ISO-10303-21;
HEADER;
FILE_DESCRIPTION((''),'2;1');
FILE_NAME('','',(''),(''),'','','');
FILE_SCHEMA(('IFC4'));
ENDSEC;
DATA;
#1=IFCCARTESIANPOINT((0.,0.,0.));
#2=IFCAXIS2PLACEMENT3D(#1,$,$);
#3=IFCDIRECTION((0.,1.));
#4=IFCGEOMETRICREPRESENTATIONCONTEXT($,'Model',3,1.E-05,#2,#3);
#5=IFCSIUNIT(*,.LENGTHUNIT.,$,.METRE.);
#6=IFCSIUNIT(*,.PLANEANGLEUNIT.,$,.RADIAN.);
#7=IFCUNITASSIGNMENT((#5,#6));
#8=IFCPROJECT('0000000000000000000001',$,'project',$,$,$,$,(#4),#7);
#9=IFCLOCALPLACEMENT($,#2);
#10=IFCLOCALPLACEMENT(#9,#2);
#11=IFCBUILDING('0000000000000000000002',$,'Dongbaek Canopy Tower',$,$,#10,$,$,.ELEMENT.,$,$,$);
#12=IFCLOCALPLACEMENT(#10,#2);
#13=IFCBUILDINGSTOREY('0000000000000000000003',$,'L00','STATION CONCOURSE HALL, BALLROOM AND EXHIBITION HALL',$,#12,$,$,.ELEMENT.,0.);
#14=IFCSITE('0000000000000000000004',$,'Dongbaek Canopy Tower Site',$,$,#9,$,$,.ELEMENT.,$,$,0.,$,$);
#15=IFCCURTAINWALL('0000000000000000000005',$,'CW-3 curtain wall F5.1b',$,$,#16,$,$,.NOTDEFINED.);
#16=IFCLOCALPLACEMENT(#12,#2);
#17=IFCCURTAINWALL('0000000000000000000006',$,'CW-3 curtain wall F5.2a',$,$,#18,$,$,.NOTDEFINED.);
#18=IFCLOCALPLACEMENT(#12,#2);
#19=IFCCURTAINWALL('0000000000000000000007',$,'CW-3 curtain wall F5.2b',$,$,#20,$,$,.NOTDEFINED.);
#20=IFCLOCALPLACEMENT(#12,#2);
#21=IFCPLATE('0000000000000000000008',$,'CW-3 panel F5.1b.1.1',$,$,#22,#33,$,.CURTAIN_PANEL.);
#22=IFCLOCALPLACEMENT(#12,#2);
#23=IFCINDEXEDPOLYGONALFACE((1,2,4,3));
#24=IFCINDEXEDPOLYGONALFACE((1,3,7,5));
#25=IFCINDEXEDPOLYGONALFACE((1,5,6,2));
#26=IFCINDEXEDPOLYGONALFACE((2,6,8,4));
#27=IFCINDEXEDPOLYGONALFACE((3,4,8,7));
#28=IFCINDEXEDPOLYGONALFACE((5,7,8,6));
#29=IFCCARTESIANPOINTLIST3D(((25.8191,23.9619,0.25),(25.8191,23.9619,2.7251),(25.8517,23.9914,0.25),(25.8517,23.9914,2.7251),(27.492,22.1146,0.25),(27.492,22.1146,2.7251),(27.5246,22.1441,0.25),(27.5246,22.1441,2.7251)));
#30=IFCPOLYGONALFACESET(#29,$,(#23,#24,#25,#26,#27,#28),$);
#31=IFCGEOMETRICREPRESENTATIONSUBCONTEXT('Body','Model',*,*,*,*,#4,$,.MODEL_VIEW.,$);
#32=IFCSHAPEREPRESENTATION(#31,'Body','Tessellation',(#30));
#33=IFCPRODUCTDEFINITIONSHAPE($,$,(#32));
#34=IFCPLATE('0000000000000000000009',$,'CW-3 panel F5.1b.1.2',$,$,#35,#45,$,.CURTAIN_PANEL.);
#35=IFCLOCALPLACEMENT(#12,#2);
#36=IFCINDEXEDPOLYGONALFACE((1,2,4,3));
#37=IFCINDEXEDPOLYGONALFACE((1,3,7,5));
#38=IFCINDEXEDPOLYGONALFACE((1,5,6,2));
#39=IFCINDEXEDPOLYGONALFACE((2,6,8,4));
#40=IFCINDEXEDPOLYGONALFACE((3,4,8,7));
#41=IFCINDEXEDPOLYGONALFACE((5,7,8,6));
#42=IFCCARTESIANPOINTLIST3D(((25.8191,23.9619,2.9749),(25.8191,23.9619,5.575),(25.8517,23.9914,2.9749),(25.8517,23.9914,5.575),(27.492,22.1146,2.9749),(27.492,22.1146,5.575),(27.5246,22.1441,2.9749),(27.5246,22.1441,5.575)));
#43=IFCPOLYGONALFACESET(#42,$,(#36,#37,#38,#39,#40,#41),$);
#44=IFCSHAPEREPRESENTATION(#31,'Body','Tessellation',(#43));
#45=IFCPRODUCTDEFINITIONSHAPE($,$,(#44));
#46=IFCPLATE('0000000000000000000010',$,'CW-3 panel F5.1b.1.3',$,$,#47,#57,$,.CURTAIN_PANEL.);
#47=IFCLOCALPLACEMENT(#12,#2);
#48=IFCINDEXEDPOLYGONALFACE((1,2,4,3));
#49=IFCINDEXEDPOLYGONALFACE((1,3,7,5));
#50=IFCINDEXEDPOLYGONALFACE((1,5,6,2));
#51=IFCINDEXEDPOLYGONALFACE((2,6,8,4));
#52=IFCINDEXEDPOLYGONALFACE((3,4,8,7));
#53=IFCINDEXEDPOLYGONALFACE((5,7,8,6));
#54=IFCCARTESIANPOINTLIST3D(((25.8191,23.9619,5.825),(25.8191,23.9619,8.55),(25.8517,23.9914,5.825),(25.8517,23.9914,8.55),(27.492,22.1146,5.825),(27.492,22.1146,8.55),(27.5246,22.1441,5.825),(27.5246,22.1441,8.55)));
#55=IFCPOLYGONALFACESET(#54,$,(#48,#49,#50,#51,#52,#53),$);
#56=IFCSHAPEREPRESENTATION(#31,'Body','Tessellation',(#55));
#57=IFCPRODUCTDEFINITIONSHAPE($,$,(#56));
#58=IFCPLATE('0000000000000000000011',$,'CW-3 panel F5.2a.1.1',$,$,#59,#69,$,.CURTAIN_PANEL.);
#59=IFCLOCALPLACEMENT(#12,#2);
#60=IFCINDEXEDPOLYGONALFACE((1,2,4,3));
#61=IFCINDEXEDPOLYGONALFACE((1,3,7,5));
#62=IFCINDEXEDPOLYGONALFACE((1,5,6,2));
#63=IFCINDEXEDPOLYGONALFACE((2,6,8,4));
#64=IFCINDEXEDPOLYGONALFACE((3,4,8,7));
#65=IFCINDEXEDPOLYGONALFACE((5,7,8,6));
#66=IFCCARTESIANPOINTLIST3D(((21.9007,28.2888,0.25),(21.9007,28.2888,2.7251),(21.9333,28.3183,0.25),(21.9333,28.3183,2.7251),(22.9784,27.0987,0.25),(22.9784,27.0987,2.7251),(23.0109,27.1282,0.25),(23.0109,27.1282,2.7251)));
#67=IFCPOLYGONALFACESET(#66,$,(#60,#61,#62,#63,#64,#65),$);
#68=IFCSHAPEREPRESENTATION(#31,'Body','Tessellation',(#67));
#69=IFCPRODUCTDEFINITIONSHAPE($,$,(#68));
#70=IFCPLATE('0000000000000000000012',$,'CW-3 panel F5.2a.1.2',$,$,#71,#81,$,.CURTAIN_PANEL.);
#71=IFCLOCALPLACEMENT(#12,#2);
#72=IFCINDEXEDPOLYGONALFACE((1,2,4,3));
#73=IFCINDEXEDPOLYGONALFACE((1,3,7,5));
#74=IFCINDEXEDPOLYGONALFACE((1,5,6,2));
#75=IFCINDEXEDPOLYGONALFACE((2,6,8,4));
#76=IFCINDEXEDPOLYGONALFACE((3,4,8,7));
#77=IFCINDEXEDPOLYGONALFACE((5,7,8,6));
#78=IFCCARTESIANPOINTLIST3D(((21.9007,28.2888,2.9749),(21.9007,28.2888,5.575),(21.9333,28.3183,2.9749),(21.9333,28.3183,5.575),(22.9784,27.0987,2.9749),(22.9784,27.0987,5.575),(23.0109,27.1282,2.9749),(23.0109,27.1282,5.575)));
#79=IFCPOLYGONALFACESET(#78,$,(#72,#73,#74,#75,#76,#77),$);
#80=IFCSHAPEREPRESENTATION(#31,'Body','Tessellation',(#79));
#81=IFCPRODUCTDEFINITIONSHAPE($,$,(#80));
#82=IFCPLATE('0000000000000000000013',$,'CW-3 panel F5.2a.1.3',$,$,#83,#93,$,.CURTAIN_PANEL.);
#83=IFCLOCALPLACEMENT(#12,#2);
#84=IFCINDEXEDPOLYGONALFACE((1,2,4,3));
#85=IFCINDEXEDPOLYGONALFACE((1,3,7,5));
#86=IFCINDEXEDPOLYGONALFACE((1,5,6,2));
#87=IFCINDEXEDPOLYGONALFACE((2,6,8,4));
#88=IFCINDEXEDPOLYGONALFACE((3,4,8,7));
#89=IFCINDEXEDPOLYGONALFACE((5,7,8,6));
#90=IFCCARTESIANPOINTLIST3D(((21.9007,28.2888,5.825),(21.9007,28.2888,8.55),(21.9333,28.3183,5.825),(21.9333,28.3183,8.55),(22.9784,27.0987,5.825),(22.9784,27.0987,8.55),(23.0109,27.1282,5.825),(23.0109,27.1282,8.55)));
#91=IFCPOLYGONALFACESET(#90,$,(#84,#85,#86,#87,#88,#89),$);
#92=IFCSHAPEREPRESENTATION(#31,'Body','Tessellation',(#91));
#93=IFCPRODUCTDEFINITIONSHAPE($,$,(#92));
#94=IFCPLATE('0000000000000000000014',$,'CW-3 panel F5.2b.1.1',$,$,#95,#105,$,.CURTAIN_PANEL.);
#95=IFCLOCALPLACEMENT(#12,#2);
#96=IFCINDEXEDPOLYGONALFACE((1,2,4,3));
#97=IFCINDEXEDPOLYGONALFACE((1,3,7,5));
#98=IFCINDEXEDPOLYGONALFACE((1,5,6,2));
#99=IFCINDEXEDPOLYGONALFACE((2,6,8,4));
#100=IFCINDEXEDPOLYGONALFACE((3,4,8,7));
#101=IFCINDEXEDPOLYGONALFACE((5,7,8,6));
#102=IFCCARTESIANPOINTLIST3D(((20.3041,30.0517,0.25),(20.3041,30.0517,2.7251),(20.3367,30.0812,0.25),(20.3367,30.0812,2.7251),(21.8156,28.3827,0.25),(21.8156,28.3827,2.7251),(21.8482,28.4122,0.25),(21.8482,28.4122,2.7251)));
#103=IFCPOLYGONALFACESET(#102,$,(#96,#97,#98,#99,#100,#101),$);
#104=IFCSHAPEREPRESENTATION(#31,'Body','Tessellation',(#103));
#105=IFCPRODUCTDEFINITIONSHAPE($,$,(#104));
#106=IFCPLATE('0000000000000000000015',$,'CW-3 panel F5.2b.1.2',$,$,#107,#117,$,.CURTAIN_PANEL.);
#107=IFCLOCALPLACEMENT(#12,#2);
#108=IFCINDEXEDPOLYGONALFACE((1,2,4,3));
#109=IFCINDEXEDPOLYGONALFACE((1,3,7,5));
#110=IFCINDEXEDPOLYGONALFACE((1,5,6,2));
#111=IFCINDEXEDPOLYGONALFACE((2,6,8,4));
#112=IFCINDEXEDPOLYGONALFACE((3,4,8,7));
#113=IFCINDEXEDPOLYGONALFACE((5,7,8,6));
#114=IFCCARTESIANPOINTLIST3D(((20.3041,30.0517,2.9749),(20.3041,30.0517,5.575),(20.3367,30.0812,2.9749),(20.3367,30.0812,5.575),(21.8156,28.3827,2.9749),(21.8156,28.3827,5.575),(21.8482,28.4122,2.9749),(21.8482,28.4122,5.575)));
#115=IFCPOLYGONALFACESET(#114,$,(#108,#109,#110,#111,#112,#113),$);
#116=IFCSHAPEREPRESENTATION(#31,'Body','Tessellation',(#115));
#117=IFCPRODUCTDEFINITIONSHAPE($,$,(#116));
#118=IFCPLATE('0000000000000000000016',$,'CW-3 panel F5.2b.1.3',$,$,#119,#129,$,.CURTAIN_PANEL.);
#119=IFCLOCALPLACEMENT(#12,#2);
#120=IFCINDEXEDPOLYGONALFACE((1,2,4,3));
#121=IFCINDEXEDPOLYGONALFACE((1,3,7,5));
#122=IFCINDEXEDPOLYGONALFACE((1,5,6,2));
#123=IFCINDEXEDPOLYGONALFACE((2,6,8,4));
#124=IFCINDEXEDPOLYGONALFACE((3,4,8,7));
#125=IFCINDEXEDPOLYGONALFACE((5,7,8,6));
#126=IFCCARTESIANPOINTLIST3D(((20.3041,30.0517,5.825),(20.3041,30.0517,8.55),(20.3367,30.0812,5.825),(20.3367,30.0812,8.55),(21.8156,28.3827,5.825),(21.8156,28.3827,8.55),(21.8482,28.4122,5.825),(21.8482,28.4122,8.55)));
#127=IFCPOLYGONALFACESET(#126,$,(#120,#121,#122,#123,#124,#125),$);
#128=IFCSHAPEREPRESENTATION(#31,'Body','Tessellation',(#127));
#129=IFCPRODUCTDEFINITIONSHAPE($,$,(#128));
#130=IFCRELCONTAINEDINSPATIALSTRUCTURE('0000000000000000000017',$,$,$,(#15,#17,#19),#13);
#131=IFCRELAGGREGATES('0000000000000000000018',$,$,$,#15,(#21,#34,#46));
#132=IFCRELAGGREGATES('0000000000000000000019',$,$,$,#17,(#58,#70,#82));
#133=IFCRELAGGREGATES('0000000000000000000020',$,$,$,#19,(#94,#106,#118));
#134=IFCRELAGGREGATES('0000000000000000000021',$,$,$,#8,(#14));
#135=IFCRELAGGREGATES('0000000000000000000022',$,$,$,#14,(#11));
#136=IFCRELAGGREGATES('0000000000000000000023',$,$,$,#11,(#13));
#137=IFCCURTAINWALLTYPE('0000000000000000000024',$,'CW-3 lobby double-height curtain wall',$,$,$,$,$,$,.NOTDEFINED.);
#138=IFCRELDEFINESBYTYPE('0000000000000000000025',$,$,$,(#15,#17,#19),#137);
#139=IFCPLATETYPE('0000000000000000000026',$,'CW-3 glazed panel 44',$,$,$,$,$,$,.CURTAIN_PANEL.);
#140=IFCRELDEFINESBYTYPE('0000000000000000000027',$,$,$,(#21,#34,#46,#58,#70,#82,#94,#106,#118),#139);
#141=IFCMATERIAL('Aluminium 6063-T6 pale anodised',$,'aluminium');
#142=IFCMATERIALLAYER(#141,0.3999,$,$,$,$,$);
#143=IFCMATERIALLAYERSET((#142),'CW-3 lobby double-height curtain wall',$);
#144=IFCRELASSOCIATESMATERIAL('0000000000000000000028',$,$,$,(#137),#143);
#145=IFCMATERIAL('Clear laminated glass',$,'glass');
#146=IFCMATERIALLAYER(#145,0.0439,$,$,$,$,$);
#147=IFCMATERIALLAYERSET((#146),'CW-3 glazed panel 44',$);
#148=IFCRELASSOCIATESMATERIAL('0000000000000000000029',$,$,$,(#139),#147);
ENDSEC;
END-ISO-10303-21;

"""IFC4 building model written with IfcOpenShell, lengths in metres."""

from ifc_helpers import new_model, si_unit, direction, frame, origin, origin_2d, place, context, subcontext, project, spatial, rectangle, extrude, material, layer, layer_set, type_object, element, aggregate, save


model = new_model("IFC4")

# Units and contexts
model_context = context("Model", 3, precision=1e-05, world=origin(), true_north=direction((0.0, 1.0)))
body_context = subcontext(model_context, "Body", "Model", "MODEL_VIEW")
ifc_project = project(units=[si_unit("LENGTHUNIT", "METRE"), si_unit("PLANEANGLEUNIT", "RADIAN")], contexts=[model_context])

# Site, building, storey
site_placement = place(None, origin())
site = spatial("IfcSite", under=ifc_project, at=site_placement, Name="Dongbaek Canopy Tower Site", CompositionType="ELEMENT", RefElevation=0.0)
building_placement = place(site_placement, origin())
building = spatial("IfcBuilding", under=site, at=building_placement, Name="Dongbaek Canopy Tower", CompositionType="ELEMENT")
storey_placement = place(building_placement, origin())
storey = spatial("IfcBuildingStorey", under=building, at=storey_placement, Name="L00", Description="STATION CONCOURSE HALL, BALLROOM AND EXHIBITION HALL", CompositionType="ELEMENT", Elevation=0.0)

# Curtain wall
ifc_material_1 = material(Name="Aluminium 6063-T6 pale anodised", Category="aluminium")
ifc_layer_1 = layer(ifc_material_1, 0.3999)
ifc_layer_set_1 = layer_set([ifc_layer_1], Name="CW-3 lobby double-height curtain wall")
curtain_wall_type = type_object("IfcCurtainWallType", Name="CW-3 lobby double-height curtain wall", PredefinedType="NOTDEFINED", material=ifc_layer_set_1)
curtain_wall_1_placement = place(storey_placement, origin())
curtain_wall_1 = element("IfcCurtainWall", 1, at=curtain_wall_1_placement, inside=storey, type_object=curtain_wall_type, Name="CW-3 curtain wall F5.1b", PredefinedType="NOTDEFINED")

# Curtain wall
curtain_wall_2_placement = place(storey_placement, origin())
curtain_wall_2 = element("IfcCurtainWall", 2, at=curtain_wall_2_placement, inside=storey, type_object=curtain_wall_type, Name="CW-3 curtain wall F5.2a", PredefinedType="NOTDEFINED")

# Curtain wall
curtain_wall_3_placement = place(storey_placement, origin())
curtain_wall_3 = element("IfcCurtainWall", 3, at=curtain_wall_3_placement, inside=storey, type_object=curtain_wall_type, Name="CW-3 curtain wall F5.2b", PredefinedType="NOTDEFINED")

# Plates
ifc_material_2 = material(Name="Clear laminated glass", Category="glass")
ifc_layer_2 = layer(ifc_material_2, 0.0439)
ifc_layer_set_2 = layer_set([ifc_layer_2], Name="CW-3 glazed panel 44")
plate_type = type_object("IfcPlateType", Name="CW-3 glazed panel 44", PredefinedType="CURTAIN_PANEL", material=ifc_layer_set_2)
plate_1_placement = place(storey_placement, frame((26.6719, 23.053, 0.25), z_axis=(0.0, 0.0, 1.0), x_axis=(-0.67126, 0.741222, 0.0)))
plate_1 = element("IfcPlate", 4, at=plate_1_placement, type_object=plate_type, Name="CW-3 panel F5.1b.1.1", PredefinedType="CURTAIN_PANEL", context=body_context, shape_type="SweptSolid", body=[
    extrude(rectangle(XDim=2.4922, YDim=0.0439, at=origin_2d()), origin(), (0.0, 0.0, 1.0), 2.4751),
])
plate_2_placement = place(storey_placement, frame((26.6719, 23.053, 2.9749), z_axis=(0.0, 0.0, 1.0), x_axis=(-0.67126, 0.741222, 0.0)))
plate_2 = element("IfcPlate", 5, at=plate_2_placement, type_object=plate_type, Name="CW-3 panel F5.1b.1.2", PredefinedType="CURTAIN_PANEL", context=body_context, shape_type="SweptSolid", body=[
    extrude(rectangle(XDim=2.4922, YDim=0.0439, at=origin_2d()), origin(), (0.0, 0.0, 1.0), 2.6001),
])
plate_3_placement = place(storey_placement, frame((26.6719, 23.053, 5.825), z_axis=(0.0, 0.0, 1.0), x_axis=(-0.67126, 0.741222, 0.0)))
plate_3 = element("IfcPlate", 6, at=plate_3_placement, type_object=plate_type, Name="CW-3 panel F5.1b.1.3", PredefinedType="CURTAIN_PANEL", context=body_context, shape_type="SweptSolid", body=[
    extrude(rectangle(XDim=2.4922, YDim=0.0439, at=origin_2d()), origin(), (0.0, 0.0, 1.0), 2.7251),
])
aggregate(curtain_wall_1, [plate_1, plate_2, plate_3])
plate_4_placement = place(storey_placement, frame((22.4558, 27.7085, 0.25), z_axis=(0.0, 0.0, 1.0), x_axis=(-0.67126, 0.741222, 0.0)))
plate_4 = element("IfcPlate", 7, at=plate_4_placement, type_object=plate_type, Name="CW-3 panel F5.2a.1.1", PredefinedType="CURTAIN_PANEL", context=body_context, shape_type="SweptSolid", body=[
    extrude(rectangle(XDim=1.6055, YDim=0.0439, at=origin_2d()), origin(), (0.0, 0.0, 1.0), 2.4751),
])
plate_5_placement = place(storey_placement, frame((22.4558, 27.7085, 2.9749), z_axis=(0.0, 0.0, 1.0), x_axis=(-0.67126, 0.741222, 0.0)))
plate_5 = element("IfcPlate", 8, at=plate_5_placement, type_object=plate_type, Name="CW-3 panel F5.2a.1.2", PredefinedType="CURTAIN_PANEL", context=body_context, shape_type="SweptSolid", body=[
    extrude(rectangle(XDim=1.6055, YDim=0.0439, at=origin_2d()), origin(), (0.0, 0.0, 1.0), 2.6001),
])
plate_6_placement = place(storey_placement, frame((22.4558, 27.7085, 5.825), z_axis=(0.0, 0.0, 1.0), x_axis=(-0.67126, 0.741222, 0.0)))
plate_6 = element("IfcPlate", 9, at=plate_6_placement, type_object=plate_type, Name="CW-3 panel F5.2a.1.3", PredefinedType="CURTAIN_PANEL", context=body_context, shape_type="SweptSolid", body=[
    extrude(rectangle(XDim=1.6055, YDim=0.0439, at=origin_2d()), origin(), (0.0, 0.0, 1.0), 2.7251),
])
aggregate(curtain_wall_2, [plate_4, plate_5, plate_6])
plate_7_placement = place(storey_placement, frame((21.0762, 29.2319, 0.25), z_axis=(0.0, 0.0, 1.0), x_axis=(-0.67126, 0.741222, 0.0)))
plate_7 = element("IfcPlate", 10, at=plate_7_placement, type_object=plate_type, Name="CW-3 panel F5.2b.1.1", PredefinedType="CURTAIN_PANEL", context=body_context, shape_type="SweptSolid", body=[
    extrude(rectangle(XDim=2.2517, YDim=0.0439, at=origin_2d()), origin(), (0.0, 0.0, 1.0), 2.4751),
])
plate_8_placement = place(storey_placement, frame((21.0762, 29.2319, 2.9749), z_axis=(0.0, 0.0, 1.0), x_axis=(-0.67126, 0.741222, 0.0)))
plate_8 = element("IfcPlate", 11, at=plate_8_placement, type_object=plate_type, Name="CW-3 panel F5.2b.1.2", PredefinedType="CURTAIN_PANEL", context=body_context, shape_type="SweptSolid", body=[
    extrude(rectangle(XDim=2.2517, YDim=0.0439, at=origin_2d()), origin(), (0.0, 0.0, 1.0), 2.6001),
])
plate_9_placement = place(storey_placement, frame((21.0762, 29.2319, 5.825), z_axis=(0.0, 0.0, 1.0), x_axis=(-0.67126, 0.741222, 0.0)))
plate_9 = element("IfcPlate", 12, at=plate_9_placement, type_object=plate_type, Name="CW-3 panel F5.2b.1.3", PredefinedType="CURTAIN_PANEL", context=body_context, shape_type="SweptSolid", body=[
    extrude(rectangle(XDim=2.2517, YDim=0.0439, at=origin_2d()), origin(), (0.0, 0.0, 1.0), 2.7251),
])
aggregate(curtain_wall_3, [plate_7, plate_8, plate_9])

save(model, "model.ifc")
